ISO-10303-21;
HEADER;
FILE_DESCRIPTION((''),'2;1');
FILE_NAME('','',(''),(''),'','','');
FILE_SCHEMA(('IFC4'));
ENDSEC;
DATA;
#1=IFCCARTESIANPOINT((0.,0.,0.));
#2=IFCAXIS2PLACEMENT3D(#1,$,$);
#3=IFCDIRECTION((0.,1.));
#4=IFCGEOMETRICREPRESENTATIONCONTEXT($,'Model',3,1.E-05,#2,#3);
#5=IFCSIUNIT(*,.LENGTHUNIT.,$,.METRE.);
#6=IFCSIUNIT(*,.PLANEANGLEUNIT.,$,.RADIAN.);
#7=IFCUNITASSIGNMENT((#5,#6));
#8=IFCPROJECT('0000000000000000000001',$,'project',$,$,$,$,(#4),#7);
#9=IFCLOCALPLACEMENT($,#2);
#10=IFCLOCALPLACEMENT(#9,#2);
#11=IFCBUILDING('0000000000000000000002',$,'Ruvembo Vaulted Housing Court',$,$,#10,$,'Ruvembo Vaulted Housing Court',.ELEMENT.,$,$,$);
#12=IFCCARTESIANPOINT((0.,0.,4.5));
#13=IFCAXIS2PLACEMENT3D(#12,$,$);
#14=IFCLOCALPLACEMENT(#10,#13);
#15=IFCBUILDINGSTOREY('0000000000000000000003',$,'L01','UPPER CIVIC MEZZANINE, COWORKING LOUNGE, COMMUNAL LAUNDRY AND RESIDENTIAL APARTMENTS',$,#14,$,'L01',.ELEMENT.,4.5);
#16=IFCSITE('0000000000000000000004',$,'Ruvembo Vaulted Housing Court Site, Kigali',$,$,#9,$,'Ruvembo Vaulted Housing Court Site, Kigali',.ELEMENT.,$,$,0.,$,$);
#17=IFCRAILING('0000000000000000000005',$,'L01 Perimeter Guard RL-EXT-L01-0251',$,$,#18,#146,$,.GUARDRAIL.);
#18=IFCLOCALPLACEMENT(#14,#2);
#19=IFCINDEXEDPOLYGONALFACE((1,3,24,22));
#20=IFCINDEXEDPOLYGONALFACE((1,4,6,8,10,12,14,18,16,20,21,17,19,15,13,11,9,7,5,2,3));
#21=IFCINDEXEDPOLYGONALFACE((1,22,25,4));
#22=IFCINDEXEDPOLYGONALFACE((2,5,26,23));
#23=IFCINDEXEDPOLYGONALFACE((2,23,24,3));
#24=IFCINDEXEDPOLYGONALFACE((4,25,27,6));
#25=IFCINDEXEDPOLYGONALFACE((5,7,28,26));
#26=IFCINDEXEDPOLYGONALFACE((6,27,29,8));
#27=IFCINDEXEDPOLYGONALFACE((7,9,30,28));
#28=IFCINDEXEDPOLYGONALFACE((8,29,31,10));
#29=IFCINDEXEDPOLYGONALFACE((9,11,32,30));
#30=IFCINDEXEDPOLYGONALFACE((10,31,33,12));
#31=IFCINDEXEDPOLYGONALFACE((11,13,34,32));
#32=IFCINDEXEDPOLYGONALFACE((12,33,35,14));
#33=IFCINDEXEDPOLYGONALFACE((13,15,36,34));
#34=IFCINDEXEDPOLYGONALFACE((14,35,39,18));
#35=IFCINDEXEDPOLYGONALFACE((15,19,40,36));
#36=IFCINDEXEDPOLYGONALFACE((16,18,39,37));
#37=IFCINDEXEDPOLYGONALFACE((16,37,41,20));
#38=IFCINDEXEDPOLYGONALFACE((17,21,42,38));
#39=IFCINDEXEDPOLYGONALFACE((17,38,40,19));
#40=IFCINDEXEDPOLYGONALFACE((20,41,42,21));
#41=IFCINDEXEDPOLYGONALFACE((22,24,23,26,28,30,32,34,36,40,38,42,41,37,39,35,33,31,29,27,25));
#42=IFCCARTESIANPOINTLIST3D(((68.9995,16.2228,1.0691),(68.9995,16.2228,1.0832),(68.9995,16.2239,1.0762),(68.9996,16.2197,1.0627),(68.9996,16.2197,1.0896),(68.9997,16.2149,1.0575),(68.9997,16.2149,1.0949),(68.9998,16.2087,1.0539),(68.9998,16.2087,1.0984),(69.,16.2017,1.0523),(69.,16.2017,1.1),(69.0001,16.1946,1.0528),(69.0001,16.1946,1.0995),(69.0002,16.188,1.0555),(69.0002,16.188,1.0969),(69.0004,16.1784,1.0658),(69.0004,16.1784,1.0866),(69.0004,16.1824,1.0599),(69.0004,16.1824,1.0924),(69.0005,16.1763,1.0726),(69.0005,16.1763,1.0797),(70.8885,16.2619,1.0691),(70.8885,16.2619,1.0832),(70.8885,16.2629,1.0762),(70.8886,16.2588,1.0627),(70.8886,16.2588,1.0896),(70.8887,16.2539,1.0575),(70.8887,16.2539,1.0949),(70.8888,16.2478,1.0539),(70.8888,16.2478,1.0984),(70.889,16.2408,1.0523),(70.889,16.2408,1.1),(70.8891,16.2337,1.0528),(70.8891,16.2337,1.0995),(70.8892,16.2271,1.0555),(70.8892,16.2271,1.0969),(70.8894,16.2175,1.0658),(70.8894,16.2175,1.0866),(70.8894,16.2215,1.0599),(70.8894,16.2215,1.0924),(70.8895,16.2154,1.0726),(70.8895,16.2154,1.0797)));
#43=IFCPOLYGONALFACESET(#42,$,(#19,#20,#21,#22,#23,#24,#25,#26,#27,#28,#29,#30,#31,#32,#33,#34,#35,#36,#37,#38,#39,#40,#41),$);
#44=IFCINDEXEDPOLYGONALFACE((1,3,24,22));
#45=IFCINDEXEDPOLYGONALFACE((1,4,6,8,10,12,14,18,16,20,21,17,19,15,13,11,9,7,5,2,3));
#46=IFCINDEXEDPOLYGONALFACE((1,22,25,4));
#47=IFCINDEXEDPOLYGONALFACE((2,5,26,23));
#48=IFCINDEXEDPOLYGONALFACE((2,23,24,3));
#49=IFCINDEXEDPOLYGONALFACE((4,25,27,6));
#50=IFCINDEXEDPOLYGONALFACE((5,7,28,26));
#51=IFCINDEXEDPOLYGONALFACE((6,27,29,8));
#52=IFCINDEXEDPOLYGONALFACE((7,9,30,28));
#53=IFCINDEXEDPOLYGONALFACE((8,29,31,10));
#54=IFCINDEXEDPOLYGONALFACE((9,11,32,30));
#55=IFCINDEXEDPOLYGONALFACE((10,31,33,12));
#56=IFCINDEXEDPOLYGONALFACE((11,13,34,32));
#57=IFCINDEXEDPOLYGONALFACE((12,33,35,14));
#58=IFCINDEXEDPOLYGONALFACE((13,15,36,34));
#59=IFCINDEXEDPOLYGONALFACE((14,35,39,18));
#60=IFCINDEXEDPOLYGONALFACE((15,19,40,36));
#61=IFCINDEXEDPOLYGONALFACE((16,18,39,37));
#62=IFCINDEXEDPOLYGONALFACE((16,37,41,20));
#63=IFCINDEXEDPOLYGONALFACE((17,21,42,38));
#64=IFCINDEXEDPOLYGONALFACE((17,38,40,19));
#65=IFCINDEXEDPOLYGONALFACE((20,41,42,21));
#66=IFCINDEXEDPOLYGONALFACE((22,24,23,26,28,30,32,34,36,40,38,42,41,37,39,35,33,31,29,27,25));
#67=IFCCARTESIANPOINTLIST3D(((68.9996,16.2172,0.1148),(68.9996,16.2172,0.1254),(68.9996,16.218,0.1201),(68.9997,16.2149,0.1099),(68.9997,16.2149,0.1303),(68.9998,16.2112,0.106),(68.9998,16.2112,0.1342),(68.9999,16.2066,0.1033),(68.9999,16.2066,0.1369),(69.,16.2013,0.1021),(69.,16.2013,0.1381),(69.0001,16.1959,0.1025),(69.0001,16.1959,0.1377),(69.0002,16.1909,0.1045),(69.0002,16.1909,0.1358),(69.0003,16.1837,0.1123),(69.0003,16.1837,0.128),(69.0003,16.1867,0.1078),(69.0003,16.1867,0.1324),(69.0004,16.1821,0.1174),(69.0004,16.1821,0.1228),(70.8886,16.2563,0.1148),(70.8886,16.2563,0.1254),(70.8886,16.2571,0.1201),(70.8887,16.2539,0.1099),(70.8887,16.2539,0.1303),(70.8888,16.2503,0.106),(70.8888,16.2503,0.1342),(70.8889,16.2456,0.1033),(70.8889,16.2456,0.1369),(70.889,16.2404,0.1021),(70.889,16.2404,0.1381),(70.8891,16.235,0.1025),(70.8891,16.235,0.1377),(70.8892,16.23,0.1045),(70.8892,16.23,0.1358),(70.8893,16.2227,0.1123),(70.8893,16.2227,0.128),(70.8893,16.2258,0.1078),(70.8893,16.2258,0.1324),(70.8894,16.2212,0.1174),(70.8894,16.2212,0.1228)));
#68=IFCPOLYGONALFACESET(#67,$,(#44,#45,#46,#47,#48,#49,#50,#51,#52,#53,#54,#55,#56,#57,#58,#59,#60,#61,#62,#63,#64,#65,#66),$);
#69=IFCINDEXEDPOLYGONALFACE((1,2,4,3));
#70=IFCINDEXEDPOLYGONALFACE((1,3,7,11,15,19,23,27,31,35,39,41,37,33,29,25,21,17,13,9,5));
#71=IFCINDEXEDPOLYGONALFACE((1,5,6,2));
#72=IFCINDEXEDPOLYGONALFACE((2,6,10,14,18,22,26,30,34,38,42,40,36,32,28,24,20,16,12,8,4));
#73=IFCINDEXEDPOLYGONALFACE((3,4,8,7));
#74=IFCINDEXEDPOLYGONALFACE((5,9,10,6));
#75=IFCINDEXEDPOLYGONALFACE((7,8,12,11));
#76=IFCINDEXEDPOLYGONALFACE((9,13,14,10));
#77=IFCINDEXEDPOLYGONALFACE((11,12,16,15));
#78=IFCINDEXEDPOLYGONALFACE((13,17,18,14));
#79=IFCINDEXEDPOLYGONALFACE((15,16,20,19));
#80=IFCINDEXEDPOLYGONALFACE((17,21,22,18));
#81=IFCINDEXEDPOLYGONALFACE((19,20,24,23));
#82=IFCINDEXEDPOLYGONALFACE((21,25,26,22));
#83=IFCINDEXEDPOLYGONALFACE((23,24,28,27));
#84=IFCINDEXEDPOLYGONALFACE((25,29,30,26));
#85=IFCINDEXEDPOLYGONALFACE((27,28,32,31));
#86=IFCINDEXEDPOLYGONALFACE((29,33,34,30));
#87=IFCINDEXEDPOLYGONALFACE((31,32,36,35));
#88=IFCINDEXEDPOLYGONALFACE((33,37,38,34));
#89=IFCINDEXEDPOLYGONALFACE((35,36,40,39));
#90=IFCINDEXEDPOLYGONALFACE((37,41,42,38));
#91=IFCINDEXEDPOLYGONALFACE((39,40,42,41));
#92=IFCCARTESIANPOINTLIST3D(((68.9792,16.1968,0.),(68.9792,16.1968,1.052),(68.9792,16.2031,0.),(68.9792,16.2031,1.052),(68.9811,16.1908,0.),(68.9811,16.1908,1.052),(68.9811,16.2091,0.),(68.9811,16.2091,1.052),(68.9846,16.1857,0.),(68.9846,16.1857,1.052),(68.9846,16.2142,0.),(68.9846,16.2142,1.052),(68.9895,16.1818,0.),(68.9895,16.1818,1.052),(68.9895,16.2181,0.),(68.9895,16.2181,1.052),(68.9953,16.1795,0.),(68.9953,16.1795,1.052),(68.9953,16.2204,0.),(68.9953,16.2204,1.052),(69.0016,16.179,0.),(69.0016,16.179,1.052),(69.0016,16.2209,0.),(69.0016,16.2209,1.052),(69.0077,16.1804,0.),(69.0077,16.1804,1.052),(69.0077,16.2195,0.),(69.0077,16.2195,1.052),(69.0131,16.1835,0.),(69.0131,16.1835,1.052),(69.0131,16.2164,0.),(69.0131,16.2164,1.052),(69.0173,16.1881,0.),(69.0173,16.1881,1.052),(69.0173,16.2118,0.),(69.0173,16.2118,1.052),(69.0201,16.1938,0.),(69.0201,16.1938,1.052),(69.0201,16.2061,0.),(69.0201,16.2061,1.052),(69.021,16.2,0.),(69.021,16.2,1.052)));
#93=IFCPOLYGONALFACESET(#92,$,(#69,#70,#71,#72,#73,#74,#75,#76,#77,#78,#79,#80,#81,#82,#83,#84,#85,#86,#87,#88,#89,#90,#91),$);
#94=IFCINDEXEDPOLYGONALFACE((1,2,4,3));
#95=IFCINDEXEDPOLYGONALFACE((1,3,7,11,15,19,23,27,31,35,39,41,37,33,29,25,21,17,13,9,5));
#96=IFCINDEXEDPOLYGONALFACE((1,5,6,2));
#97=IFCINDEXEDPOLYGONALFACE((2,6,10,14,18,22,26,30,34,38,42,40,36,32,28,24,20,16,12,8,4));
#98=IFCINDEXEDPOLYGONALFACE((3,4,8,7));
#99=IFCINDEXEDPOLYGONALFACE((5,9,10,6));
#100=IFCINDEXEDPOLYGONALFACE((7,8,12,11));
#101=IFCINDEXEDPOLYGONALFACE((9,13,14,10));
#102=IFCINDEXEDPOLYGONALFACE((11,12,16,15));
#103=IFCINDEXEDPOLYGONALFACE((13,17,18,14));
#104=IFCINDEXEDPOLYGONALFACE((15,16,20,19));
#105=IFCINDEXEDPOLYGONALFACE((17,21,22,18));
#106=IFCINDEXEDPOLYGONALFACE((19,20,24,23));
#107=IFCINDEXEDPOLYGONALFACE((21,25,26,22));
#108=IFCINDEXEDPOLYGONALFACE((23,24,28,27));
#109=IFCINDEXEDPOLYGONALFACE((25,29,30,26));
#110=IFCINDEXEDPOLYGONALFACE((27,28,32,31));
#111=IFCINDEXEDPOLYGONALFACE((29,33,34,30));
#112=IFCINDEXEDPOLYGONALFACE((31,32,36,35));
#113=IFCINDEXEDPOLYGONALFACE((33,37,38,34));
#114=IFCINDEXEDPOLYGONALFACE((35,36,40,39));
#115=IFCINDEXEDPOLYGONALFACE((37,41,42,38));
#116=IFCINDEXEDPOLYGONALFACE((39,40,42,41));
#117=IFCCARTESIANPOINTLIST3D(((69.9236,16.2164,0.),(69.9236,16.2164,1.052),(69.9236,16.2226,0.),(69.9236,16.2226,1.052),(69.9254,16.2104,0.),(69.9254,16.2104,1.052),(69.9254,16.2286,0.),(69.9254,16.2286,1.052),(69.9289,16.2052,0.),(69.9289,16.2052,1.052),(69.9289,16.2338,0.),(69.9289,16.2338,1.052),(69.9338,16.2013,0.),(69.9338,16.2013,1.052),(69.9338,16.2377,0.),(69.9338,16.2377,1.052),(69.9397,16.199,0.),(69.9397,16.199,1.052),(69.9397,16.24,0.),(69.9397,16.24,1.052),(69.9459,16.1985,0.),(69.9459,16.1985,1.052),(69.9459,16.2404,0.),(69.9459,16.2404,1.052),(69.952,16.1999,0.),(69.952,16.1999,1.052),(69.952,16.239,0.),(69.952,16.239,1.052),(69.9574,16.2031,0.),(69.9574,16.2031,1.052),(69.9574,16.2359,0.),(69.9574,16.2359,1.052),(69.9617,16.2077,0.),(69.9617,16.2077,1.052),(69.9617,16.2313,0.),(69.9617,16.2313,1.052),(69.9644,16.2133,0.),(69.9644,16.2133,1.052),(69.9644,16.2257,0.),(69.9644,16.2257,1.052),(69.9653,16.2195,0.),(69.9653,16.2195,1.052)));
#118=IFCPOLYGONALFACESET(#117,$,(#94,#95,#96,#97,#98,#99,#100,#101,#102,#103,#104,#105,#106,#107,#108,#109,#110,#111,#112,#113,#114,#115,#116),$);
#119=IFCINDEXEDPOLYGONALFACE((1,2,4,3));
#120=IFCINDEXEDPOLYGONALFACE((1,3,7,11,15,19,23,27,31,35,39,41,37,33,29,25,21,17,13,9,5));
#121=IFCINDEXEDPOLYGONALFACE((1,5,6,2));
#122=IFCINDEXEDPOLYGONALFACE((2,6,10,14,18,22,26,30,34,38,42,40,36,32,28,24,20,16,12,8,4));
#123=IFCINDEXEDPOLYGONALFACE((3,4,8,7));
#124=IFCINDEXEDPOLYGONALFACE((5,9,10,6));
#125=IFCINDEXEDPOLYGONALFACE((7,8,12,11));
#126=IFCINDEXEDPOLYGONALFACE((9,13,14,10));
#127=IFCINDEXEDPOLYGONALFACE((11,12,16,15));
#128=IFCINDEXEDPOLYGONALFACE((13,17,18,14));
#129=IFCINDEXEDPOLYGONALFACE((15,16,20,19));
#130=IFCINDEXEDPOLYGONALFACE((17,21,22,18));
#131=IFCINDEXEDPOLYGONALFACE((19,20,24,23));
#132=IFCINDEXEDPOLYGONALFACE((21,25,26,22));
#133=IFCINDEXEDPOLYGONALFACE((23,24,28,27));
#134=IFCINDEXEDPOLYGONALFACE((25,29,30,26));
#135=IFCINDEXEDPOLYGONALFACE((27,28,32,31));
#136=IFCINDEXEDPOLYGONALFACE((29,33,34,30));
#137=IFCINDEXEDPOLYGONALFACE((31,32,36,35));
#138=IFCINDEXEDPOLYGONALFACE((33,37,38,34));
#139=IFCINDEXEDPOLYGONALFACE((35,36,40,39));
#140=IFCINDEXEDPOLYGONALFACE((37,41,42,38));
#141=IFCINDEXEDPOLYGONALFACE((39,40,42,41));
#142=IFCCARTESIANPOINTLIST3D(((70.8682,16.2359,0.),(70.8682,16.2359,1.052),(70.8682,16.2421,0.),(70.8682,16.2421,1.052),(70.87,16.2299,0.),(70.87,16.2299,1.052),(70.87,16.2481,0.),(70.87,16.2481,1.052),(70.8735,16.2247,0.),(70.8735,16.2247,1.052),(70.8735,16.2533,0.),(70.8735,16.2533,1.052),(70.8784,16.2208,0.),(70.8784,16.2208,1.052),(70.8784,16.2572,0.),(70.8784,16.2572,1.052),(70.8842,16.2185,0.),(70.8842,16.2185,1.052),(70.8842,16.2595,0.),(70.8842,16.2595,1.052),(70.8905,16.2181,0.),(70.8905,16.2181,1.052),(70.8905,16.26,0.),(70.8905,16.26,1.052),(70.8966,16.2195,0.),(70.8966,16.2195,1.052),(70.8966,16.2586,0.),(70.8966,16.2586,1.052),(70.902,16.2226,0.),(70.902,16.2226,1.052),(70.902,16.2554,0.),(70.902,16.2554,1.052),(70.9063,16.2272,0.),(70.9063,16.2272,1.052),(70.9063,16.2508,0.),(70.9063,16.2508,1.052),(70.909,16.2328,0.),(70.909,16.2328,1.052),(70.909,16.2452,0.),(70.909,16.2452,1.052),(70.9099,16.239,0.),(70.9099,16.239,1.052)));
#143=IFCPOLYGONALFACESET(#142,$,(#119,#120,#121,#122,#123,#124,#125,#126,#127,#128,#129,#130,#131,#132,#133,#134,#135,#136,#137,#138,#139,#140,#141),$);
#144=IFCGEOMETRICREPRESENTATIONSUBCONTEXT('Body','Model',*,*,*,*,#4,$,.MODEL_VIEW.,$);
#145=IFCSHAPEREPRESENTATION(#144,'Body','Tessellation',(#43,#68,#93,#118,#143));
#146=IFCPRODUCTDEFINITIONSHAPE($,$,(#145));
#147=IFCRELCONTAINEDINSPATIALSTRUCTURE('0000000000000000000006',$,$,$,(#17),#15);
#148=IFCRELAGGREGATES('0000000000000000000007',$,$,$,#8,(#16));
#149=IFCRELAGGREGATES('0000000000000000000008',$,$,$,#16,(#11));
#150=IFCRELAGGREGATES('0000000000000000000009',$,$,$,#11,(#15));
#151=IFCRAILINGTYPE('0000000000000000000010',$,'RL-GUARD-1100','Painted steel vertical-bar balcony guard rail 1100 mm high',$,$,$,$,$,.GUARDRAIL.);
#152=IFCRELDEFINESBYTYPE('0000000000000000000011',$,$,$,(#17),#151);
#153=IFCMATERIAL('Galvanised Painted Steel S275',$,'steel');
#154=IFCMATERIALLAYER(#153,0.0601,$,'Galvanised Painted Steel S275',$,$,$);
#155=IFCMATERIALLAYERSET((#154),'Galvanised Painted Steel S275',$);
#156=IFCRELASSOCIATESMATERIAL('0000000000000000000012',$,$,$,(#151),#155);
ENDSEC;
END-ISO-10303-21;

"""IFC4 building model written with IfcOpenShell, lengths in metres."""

from ifc_helpers import new_model, si_unit, direction, frame, origin, origin_2d, place, context, subcontext, project, spatial, circle, extrude, material, layer, layer_set, type_object, element, save


model = new_model("IFC4")

# Units and contexts
model_context = context("Model", 3, precision=1e-05, world=origin(), true_north=direction((0.0, 1.0)))
body_context = subcontext(model_context, "Body", "Model", "MODEL_VIEW")
ifc_project = project(units=[si_unit("LENGTHUNIT", "METRE"), si_unit("PLANEANGLEUNIT", "RADIAN")], contexts=[model_context])

# Site, building, storey
site_placement = place(None, origin())
site = spatial("IfcSite", under=ifc_project, at=site_placement, Name="Ruvembo Vaulted Housing Court Site, Kigali", LongName="Ruvembo Vaulted Housing Court Site, Kigali", CompositionType="ELEMENT", RefElevation=0.0)
building_placement = place(site_placement, origin())
building = spatial("IfcBuilding", under=site, at=building_placement, Name="Ruvembo Vaulted Housing Court", LongName="Ruvembo Vaulted Housing Court", CompositionType="ELEMENT")
storey_placement = place(building_placement, frame((0.0, 0.0, 4.5)))
storey = spatial("IfcBuildingStorey", under=building, at=storey_placement, Name="L01", Description="UPPER CIVIC MEZZANINE, COWORKING LOUNGE, COMMUNAL LAUNDRY AND RESIDENTIAL APARTMENTS", LongName="L01", CompositionType="ELEMENT", Elevation=4.5)

# Railing
ifc_material_1 = material(Name="Galvanised Painted Steel S275", Category="steel")
ifc_layer = layer(ifc_material_1, 0.0601, Name="Galvanised Painted Steel S275")
ifc_layer_set = layer_set([ifc_layer], Name="Galvanised Painted Steel S275")
railing_type = type_object("IfcRailingType", Name="RL-GUARD-1100", Description="Painted steel vertical-bar balcony guard rail 1100 mm high", PredefinedType="GUARDRAIL", material=ifc_layer_set)
railing_1_placement = place(storey_placement, frame((69.0, 16.2, 0.0)))
element("IfcRailing", 1, at=railing_1_placement, inside=storey, type_object=railing_type, Name="L01 Perimeter Guard RL-EXT-L01-0251", PredefinedType="GUARDRAIL", context=body_context, shape_type="SweptSolid", body=[
    extrude(circle(Radius=0.0239, at=origin_2d()), frame((0.0, 0.0, 1.0762), z_axis=(0.999786, 0.020675, 0.0), x_axis=(-0.020675, 0.999786, 0.0)), (0.0, 0.0, 1.0), 1.8894),
    extrude(circle(Radius=0.0181, at=origin_2d()), frame((0.0, 0.0, 0.1201), z_axis=(0.999786, 0.020675, 0.0), x_axis=(-0.020675, 0.999786, 0.0)), (0.0, 0.0, 1.0), 1.8894),
    extrude(circle(Radius=0.021, at=origin_2d()), origin(), (0.0, 0.0, 1.0), 1.052),
    extrude(circle(Radius=0.021, at=origin_2d()), frame((0.9443, 0.0195, 0.0)), (0.0, 0.0, 1.0), 1.052),
    extrude(circle(Radius=0.021, at=origin_2d()), frame((1.8889, 0.0391, 0.0)), (0.0, 0.0, 1.0), 1.052),
])

save(model, "model.ifc")
